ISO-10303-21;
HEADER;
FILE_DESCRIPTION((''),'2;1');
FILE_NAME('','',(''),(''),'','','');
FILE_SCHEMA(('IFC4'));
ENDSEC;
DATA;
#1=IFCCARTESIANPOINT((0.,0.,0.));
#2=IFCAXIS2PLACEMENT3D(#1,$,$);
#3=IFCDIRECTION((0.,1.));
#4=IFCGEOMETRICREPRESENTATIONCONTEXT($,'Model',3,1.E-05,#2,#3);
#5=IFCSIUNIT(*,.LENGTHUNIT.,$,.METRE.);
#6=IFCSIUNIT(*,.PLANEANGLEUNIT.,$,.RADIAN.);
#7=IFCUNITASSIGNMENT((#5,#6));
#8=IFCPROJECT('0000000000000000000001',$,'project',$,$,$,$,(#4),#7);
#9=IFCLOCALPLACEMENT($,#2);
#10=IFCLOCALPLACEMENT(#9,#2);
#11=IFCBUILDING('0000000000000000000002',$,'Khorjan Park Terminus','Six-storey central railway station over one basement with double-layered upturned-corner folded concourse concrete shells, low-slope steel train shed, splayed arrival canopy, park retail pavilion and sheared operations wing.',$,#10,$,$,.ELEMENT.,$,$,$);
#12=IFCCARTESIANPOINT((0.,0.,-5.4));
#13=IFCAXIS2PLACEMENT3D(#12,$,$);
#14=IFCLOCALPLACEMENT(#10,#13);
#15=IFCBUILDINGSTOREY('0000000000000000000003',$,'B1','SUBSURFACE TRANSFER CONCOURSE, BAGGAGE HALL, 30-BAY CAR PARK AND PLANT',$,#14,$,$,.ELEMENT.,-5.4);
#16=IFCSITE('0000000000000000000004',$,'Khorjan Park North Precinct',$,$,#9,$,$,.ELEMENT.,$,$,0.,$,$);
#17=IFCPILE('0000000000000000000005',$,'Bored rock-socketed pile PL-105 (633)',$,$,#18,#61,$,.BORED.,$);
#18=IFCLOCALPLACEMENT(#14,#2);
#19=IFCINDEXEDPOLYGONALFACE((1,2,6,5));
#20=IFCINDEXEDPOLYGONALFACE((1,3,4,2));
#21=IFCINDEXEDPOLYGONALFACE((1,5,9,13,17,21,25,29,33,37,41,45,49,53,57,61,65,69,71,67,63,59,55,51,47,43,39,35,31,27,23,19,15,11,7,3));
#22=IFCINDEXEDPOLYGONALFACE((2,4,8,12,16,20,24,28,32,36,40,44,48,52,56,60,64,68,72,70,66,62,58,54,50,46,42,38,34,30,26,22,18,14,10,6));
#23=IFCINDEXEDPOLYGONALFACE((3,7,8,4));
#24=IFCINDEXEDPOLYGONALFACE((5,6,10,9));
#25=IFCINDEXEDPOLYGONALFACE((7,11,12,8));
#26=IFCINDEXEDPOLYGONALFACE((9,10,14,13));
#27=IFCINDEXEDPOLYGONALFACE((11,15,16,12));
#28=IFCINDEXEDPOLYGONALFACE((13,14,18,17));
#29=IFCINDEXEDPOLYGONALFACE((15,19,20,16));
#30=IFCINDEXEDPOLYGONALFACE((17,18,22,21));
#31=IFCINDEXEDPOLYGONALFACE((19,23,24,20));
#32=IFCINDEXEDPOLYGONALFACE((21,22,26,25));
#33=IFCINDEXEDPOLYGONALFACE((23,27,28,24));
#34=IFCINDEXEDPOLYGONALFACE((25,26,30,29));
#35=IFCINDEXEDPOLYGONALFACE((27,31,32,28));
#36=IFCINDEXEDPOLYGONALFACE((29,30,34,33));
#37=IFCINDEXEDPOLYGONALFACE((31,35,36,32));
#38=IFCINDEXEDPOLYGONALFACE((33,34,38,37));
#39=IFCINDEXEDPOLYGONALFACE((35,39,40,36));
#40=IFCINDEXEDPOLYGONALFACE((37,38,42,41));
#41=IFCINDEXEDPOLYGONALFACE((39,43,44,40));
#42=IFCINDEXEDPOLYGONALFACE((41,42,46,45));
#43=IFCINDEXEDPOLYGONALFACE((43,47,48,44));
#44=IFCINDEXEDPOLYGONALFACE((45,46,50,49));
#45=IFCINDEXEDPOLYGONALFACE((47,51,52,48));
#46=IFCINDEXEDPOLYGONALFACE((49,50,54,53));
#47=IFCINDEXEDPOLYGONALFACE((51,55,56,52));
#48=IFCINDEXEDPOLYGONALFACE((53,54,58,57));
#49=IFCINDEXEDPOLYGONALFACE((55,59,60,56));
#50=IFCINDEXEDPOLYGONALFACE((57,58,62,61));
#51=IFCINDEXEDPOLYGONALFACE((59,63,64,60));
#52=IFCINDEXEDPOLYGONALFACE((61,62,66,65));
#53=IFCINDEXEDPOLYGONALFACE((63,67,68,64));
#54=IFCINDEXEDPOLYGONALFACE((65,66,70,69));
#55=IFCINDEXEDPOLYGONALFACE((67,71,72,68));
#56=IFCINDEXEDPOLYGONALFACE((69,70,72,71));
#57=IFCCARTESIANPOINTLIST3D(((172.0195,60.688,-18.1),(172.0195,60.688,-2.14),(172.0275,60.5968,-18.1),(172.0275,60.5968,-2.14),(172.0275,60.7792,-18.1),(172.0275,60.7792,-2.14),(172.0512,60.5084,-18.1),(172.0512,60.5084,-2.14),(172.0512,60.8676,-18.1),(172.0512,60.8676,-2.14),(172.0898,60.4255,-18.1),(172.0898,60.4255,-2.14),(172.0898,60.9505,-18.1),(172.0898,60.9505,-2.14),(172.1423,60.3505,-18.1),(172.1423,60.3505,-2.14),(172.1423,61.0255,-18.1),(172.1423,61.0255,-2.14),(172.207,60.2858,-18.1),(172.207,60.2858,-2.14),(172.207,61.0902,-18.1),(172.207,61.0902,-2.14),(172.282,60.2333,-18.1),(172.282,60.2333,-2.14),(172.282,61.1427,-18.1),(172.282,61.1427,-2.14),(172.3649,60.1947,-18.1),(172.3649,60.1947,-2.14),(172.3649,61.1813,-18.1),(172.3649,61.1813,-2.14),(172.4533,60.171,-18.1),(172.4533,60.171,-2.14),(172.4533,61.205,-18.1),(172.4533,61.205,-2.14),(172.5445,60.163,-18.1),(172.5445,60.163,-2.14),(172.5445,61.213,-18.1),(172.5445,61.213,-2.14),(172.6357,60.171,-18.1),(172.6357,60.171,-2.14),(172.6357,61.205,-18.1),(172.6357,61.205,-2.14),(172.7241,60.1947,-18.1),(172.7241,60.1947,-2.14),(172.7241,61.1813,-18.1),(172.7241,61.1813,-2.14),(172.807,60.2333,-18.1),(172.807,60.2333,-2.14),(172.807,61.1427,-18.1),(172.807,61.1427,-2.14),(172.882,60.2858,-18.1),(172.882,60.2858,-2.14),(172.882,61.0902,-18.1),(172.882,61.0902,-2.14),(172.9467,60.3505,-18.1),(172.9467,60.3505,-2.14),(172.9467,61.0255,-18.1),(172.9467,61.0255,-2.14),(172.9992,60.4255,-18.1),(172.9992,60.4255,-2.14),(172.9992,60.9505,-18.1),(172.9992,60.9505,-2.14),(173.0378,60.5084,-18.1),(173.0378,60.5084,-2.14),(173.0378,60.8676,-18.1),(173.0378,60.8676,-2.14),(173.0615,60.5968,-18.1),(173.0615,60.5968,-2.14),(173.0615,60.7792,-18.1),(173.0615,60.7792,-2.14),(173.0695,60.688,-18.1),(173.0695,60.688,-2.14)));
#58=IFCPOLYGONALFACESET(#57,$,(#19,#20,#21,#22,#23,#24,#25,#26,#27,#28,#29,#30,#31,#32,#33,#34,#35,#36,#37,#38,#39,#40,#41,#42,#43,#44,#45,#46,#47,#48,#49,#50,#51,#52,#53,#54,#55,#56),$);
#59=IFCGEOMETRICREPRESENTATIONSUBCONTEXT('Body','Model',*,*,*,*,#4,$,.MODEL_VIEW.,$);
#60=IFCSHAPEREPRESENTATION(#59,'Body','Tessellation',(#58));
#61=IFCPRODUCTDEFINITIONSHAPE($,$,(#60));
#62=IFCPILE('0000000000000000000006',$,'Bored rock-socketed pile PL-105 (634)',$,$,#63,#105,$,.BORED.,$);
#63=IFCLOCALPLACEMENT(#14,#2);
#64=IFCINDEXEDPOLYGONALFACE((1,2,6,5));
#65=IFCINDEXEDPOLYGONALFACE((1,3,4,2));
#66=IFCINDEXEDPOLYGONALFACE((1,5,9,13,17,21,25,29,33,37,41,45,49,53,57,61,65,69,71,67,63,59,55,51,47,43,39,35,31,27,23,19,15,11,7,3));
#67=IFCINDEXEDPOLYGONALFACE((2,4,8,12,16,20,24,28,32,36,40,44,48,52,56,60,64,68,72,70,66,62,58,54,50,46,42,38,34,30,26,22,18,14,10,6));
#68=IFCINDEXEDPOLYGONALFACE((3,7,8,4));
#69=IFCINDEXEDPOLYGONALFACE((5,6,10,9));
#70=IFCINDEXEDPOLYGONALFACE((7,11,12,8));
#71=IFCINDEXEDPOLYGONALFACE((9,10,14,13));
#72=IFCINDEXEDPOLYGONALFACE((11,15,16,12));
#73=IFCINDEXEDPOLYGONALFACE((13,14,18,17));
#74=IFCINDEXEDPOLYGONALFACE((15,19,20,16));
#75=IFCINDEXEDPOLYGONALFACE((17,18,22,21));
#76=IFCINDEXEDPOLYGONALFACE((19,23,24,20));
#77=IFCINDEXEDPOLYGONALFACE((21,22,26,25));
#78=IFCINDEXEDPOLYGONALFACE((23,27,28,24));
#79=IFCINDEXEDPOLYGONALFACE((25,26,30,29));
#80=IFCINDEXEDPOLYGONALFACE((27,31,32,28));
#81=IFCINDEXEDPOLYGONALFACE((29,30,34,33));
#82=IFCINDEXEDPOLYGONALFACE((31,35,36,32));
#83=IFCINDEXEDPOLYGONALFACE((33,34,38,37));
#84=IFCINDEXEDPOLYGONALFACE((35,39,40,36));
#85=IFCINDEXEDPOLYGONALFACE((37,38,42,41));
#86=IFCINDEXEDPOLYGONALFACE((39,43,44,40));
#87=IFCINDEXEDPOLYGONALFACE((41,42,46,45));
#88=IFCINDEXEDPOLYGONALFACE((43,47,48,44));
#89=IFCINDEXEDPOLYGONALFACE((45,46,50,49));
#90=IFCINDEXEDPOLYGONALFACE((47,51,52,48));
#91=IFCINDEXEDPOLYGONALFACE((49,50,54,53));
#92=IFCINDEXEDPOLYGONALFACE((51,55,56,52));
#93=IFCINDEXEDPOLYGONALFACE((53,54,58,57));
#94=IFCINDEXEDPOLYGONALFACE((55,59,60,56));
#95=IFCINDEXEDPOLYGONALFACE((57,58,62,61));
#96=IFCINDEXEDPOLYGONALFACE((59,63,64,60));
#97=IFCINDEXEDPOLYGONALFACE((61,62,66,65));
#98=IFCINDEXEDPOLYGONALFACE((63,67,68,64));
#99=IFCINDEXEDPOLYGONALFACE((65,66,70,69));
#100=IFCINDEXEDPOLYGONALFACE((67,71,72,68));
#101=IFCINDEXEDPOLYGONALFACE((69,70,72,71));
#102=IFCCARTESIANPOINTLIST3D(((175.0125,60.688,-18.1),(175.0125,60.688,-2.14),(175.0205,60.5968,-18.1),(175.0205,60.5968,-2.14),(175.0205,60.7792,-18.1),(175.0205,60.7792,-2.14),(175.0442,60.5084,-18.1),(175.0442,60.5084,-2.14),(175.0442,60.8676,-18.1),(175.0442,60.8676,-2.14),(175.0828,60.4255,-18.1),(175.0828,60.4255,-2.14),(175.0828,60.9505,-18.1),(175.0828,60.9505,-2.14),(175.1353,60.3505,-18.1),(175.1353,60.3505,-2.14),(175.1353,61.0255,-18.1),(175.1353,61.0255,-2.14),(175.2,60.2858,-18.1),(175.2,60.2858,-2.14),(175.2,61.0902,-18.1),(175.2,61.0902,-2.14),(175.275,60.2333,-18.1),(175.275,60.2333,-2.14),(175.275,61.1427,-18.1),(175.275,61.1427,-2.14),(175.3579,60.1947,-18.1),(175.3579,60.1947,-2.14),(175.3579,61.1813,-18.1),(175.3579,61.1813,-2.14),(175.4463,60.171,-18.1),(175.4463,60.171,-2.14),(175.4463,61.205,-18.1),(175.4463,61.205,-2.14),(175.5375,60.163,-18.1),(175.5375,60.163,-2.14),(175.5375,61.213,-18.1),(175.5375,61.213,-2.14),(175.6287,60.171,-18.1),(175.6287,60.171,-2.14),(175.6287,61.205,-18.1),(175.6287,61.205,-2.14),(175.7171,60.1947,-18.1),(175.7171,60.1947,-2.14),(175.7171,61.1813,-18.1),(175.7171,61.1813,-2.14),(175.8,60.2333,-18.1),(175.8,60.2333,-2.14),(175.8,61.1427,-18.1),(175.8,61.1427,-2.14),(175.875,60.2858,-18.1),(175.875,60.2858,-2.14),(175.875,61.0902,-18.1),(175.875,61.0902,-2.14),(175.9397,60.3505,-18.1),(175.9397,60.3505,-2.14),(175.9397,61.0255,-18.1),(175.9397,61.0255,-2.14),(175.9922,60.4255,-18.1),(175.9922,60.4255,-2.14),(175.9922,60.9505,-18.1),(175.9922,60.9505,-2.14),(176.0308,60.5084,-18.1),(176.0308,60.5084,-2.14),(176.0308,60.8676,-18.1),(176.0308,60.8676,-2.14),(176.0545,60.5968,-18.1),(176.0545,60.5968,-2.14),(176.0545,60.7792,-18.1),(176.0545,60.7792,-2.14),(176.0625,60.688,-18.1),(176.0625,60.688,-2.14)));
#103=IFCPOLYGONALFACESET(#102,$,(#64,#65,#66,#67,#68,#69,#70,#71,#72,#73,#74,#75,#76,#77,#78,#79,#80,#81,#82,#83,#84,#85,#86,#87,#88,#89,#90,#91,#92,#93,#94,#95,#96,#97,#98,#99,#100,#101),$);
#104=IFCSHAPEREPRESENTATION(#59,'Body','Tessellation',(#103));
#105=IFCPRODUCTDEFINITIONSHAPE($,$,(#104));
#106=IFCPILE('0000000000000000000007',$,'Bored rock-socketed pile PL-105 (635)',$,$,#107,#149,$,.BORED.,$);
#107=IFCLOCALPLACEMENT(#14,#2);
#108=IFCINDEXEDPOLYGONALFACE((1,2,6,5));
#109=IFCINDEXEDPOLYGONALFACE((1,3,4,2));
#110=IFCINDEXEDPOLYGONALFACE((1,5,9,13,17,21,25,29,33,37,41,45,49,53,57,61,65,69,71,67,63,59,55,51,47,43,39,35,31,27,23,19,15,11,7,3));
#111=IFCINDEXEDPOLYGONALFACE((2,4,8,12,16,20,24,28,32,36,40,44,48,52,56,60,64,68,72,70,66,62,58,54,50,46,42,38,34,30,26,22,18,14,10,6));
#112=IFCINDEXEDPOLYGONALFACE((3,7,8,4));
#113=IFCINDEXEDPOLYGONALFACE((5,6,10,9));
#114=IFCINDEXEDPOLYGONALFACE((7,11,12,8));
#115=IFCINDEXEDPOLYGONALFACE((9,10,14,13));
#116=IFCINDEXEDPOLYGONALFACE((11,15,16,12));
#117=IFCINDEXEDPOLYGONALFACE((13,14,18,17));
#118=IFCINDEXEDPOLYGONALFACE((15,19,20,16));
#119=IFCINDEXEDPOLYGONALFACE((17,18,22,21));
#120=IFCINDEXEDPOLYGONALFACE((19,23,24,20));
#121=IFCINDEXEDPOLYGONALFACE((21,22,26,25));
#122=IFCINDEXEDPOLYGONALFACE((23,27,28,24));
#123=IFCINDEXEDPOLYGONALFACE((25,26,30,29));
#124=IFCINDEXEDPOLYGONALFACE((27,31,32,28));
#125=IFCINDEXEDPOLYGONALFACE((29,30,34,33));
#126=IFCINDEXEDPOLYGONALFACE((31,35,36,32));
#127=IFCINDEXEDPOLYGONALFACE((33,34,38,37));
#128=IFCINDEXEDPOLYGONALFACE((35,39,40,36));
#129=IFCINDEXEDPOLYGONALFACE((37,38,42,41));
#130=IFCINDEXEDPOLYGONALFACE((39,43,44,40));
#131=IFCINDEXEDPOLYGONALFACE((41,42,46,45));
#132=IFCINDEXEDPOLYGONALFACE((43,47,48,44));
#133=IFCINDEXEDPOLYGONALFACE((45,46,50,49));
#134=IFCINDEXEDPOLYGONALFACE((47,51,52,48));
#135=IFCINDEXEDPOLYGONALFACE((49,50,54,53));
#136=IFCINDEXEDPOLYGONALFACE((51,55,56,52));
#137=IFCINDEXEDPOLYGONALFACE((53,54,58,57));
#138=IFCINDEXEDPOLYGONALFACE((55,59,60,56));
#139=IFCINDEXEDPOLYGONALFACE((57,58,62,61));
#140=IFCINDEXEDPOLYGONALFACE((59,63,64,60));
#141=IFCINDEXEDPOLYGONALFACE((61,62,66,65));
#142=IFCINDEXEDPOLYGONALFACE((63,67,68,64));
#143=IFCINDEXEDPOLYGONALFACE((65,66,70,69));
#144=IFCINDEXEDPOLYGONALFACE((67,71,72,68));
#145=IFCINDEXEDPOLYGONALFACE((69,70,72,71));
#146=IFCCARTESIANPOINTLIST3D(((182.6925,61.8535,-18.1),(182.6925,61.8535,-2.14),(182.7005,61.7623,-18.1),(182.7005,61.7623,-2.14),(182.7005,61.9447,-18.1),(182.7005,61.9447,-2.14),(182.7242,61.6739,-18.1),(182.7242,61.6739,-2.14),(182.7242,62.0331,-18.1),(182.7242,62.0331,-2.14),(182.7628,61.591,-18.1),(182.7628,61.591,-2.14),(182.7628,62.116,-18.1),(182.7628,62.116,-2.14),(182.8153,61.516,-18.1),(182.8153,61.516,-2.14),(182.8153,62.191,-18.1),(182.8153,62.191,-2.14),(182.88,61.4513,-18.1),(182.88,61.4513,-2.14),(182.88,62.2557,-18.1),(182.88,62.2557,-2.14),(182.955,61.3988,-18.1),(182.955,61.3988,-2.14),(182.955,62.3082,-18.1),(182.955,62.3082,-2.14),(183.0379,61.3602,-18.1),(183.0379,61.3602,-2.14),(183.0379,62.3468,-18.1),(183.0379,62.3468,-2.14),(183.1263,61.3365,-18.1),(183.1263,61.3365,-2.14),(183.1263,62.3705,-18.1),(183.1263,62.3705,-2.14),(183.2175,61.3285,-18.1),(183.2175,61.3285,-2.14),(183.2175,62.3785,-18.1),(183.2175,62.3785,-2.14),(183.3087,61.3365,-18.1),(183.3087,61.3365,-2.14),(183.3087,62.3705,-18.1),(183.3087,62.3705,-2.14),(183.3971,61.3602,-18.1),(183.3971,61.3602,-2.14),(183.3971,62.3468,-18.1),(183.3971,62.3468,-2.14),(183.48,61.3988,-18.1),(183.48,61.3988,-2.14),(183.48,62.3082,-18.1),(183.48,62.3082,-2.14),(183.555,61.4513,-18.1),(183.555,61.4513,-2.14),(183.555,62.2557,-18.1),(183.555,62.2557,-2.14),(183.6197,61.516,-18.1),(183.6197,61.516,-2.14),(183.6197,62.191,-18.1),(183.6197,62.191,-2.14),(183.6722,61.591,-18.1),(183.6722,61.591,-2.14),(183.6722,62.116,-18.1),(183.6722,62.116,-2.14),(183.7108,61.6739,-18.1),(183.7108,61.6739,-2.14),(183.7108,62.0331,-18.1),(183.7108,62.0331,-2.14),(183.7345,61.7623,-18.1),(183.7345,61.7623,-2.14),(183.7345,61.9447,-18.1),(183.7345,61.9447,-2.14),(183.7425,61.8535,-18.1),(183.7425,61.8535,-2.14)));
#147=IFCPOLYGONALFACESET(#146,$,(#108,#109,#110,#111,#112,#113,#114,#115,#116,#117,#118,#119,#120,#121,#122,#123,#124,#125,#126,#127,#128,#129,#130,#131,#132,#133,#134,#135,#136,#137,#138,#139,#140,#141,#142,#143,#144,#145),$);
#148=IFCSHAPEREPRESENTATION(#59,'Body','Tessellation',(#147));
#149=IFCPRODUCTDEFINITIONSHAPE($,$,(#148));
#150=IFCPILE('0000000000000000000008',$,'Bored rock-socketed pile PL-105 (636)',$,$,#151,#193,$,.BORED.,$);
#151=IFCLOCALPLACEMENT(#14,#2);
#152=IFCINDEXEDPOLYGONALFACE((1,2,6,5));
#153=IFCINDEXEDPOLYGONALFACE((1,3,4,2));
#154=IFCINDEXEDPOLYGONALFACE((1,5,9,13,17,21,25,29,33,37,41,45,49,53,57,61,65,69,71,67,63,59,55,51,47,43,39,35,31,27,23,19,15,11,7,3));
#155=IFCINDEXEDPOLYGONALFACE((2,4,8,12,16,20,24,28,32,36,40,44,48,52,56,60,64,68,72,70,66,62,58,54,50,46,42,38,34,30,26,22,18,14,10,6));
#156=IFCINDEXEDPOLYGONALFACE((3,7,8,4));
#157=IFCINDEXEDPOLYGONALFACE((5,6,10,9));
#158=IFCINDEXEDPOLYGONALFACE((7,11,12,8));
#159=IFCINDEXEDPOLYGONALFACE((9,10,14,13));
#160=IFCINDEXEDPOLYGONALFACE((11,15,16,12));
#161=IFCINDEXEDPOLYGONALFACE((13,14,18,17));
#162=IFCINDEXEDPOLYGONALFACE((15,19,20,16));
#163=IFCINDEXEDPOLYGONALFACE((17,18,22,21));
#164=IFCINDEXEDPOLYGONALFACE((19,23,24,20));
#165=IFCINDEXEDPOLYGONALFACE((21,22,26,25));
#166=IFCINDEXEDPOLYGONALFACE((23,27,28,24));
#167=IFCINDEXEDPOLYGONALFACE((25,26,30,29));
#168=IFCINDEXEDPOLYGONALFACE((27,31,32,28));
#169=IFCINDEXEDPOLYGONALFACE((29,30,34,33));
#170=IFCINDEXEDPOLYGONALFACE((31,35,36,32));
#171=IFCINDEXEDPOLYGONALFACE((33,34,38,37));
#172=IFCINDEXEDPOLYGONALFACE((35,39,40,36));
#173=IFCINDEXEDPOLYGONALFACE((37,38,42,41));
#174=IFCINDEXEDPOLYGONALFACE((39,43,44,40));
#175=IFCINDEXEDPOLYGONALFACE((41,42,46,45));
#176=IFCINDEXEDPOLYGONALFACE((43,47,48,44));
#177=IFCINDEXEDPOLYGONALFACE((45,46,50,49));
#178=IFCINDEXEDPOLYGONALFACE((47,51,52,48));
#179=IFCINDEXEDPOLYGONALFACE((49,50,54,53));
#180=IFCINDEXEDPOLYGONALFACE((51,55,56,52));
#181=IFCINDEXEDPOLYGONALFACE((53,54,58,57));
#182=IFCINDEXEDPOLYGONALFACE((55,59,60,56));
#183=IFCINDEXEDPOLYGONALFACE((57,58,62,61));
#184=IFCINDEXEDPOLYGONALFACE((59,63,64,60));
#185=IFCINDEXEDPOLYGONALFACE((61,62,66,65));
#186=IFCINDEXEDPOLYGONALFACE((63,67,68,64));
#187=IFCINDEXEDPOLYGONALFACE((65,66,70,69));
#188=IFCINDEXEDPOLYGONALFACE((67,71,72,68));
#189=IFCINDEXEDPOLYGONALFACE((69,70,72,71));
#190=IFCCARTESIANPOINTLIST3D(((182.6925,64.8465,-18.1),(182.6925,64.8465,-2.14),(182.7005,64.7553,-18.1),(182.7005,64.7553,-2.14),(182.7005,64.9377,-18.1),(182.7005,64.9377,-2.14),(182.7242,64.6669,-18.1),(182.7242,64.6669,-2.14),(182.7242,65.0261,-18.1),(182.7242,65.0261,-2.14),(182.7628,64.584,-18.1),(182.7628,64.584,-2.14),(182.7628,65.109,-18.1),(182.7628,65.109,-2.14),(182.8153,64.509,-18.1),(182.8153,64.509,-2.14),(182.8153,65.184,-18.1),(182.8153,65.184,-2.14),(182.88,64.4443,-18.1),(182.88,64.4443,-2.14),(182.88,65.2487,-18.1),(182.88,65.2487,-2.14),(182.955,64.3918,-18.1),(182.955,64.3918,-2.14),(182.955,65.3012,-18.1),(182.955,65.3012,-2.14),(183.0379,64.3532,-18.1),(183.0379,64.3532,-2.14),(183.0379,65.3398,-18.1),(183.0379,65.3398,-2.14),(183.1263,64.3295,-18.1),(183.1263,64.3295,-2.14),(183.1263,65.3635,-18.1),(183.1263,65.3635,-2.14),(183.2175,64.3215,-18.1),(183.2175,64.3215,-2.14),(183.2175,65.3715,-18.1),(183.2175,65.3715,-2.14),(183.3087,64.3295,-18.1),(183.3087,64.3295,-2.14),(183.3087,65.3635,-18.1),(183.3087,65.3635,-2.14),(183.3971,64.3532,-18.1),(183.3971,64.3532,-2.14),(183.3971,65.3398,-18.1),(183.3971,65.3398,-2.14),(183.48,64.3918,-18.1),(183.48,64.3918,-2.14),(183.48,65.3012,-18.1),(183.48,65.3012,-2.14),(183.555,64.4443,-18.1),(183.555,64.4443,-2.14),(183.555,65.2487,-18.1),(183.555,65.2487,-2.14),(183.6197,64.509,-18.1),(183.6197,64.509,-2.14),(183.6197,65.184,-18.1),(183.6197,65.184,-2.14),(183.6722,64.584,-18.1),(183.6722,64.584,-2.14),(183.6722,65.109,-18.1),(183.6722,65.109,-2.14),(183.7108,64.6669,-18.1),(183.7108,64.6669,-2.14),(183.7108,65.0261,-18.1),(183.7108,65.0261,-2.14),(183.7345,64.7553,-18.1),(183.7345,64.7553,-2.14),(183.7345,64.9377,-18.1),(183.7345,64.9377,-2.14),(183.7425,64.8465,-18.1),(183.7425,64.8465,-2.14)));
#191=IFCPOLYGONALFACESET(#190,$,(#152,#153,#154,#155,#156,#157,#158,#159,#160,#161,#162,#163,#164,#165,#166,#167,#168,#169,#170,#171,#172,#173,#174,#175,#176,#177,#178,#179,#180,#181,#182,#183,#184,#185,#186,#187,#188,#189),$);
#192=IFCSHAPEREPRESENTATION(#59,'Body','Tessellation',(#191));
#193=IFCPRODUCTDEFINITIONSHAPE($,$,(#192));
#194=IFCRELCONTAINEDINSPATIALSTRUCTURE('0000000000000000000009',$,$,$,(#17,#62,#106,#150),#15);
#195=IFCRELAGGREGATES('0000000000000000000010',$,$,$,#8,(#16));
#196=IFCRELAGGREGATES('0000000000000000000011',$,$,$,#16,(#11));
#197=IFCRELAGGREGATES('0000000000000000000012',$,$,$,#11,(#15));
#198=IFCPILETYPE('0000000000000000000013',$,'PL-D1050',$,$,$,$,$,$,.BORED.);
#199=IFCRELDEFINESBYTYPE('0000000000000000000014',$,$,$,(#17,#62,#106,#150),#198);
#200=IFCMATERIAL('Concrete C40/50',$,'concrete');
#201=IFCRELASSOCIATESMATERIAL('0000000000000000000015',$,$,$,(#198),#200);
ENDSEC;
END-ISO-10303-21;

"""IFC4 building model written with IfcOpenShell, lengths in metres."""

from ifc_helpers import new_model, si_unit, direction, frame, origin, origin_2d, place, context, subcontext, project, spatial, circle, extrude, material, material_profile, profile_set, type_object, element, save


model = new_model("IFC4")

# Units and contexts
model_context = context("Model", 3, precision=1e-05, world=origin(), true_north=direction((0.0, 1.0)))
body_context = subcontext(model_context, "Body", "Model", "MODEL_VIEW")
ifc_project = project(units=[si_unit("LENGTHUNIT", "METRE"), si_unit("PLANEANGLEUNIT", "RADIAN")], contexts=[model_context])

# Site, building, storey
site_placement = place(None, origin())
site = spatial("IfcSite", under=ifc_project, at=site_placement, Name="Khorjan Park North Precinct", CompositionType="ELEMENT", RefElevation=0.0)
building_placement = place(site_placement, origin())
building = spatial("IfcBuilding", under=site, at=building_placement, Name="Khorjan Park Terminus", Description="Six-storey central railway station over one basement with double-layered upturned-corner folded concourse concrete shells, low-slope steel train shed, splayed arrival canopy, park retail pavilion and sheared operations wing.", CompositionType="ELEMENT")
storey_placement = place(building_placement, frame((0.0, 0.0, -5.4)))
storey = spatial("IfcBuildingStorey", under=building, at=storey_placement, Name="B1", Description="SUBSURFACE TRANSFER CONCOURSE, BAGGAGE HALL, 30-BAY CAR PARK AND PLANT", CompositionType="ELEMENT", Elevation=-5.4)

# Piles
ifc_material_1 = material(Name="Concrete C40/50", Category="concrete")
ifc_material_profile_1 = material_profile(ifc_material_1, circle(Radius=0.525, at=origin_2d()), Name="BORED D1050")
ifc_profile_set_1 = profile_set([ifc_material_profile_1], Name="Concrete C40/50")
pile_type_1 = type_object("IfcPileType", Name="PL-D1050", PredefinedType="BORED", material=ifc_profile_set_1)
for number, where, z_axis, x_axis, name in (
    (1, (172.5445, 60.688, -2.14), (0.0, 0.0, -1.0), (1.0, 0.0, 0.0), "Bored rock-socketed pile PL-105 (633)"),
    (2, (175.5375, 60.688, -2.14), (0.0, 0.0, -1.0), (1.0, 0.0, 0.0), "Bored rock-socketed pile PL-105 (634)"),
    (3, (183.2175, 61.8535, -2.14), (0.0, 0.0, -1.0), (1.0, 0.0, 0.0), "Bored rock-socketed pile PL-105 (635)"),
    (4, (183.2175, 64.8465, -2.14), (0.0, 0.0, -1.0), (1.0, 0.0, 0.0), "Bored rock-socketed pile PL-105 (636)"),
):
    element("IfcPile", number, at=place(storey_placement, frame(where, z_axis=z_axis, x_axis=x_axis)), inside=storey, type_object=pile_type_1, Name=name, PredefinedType="BORED", context=body_context, shape_type="SweptSolid", body=[
        extrude(circle(Radius=0.525, at=origin_2d()), origin(), (0.0, 0.0, 1.0), 15.96),
    ])

save(model, "model.ifc")
